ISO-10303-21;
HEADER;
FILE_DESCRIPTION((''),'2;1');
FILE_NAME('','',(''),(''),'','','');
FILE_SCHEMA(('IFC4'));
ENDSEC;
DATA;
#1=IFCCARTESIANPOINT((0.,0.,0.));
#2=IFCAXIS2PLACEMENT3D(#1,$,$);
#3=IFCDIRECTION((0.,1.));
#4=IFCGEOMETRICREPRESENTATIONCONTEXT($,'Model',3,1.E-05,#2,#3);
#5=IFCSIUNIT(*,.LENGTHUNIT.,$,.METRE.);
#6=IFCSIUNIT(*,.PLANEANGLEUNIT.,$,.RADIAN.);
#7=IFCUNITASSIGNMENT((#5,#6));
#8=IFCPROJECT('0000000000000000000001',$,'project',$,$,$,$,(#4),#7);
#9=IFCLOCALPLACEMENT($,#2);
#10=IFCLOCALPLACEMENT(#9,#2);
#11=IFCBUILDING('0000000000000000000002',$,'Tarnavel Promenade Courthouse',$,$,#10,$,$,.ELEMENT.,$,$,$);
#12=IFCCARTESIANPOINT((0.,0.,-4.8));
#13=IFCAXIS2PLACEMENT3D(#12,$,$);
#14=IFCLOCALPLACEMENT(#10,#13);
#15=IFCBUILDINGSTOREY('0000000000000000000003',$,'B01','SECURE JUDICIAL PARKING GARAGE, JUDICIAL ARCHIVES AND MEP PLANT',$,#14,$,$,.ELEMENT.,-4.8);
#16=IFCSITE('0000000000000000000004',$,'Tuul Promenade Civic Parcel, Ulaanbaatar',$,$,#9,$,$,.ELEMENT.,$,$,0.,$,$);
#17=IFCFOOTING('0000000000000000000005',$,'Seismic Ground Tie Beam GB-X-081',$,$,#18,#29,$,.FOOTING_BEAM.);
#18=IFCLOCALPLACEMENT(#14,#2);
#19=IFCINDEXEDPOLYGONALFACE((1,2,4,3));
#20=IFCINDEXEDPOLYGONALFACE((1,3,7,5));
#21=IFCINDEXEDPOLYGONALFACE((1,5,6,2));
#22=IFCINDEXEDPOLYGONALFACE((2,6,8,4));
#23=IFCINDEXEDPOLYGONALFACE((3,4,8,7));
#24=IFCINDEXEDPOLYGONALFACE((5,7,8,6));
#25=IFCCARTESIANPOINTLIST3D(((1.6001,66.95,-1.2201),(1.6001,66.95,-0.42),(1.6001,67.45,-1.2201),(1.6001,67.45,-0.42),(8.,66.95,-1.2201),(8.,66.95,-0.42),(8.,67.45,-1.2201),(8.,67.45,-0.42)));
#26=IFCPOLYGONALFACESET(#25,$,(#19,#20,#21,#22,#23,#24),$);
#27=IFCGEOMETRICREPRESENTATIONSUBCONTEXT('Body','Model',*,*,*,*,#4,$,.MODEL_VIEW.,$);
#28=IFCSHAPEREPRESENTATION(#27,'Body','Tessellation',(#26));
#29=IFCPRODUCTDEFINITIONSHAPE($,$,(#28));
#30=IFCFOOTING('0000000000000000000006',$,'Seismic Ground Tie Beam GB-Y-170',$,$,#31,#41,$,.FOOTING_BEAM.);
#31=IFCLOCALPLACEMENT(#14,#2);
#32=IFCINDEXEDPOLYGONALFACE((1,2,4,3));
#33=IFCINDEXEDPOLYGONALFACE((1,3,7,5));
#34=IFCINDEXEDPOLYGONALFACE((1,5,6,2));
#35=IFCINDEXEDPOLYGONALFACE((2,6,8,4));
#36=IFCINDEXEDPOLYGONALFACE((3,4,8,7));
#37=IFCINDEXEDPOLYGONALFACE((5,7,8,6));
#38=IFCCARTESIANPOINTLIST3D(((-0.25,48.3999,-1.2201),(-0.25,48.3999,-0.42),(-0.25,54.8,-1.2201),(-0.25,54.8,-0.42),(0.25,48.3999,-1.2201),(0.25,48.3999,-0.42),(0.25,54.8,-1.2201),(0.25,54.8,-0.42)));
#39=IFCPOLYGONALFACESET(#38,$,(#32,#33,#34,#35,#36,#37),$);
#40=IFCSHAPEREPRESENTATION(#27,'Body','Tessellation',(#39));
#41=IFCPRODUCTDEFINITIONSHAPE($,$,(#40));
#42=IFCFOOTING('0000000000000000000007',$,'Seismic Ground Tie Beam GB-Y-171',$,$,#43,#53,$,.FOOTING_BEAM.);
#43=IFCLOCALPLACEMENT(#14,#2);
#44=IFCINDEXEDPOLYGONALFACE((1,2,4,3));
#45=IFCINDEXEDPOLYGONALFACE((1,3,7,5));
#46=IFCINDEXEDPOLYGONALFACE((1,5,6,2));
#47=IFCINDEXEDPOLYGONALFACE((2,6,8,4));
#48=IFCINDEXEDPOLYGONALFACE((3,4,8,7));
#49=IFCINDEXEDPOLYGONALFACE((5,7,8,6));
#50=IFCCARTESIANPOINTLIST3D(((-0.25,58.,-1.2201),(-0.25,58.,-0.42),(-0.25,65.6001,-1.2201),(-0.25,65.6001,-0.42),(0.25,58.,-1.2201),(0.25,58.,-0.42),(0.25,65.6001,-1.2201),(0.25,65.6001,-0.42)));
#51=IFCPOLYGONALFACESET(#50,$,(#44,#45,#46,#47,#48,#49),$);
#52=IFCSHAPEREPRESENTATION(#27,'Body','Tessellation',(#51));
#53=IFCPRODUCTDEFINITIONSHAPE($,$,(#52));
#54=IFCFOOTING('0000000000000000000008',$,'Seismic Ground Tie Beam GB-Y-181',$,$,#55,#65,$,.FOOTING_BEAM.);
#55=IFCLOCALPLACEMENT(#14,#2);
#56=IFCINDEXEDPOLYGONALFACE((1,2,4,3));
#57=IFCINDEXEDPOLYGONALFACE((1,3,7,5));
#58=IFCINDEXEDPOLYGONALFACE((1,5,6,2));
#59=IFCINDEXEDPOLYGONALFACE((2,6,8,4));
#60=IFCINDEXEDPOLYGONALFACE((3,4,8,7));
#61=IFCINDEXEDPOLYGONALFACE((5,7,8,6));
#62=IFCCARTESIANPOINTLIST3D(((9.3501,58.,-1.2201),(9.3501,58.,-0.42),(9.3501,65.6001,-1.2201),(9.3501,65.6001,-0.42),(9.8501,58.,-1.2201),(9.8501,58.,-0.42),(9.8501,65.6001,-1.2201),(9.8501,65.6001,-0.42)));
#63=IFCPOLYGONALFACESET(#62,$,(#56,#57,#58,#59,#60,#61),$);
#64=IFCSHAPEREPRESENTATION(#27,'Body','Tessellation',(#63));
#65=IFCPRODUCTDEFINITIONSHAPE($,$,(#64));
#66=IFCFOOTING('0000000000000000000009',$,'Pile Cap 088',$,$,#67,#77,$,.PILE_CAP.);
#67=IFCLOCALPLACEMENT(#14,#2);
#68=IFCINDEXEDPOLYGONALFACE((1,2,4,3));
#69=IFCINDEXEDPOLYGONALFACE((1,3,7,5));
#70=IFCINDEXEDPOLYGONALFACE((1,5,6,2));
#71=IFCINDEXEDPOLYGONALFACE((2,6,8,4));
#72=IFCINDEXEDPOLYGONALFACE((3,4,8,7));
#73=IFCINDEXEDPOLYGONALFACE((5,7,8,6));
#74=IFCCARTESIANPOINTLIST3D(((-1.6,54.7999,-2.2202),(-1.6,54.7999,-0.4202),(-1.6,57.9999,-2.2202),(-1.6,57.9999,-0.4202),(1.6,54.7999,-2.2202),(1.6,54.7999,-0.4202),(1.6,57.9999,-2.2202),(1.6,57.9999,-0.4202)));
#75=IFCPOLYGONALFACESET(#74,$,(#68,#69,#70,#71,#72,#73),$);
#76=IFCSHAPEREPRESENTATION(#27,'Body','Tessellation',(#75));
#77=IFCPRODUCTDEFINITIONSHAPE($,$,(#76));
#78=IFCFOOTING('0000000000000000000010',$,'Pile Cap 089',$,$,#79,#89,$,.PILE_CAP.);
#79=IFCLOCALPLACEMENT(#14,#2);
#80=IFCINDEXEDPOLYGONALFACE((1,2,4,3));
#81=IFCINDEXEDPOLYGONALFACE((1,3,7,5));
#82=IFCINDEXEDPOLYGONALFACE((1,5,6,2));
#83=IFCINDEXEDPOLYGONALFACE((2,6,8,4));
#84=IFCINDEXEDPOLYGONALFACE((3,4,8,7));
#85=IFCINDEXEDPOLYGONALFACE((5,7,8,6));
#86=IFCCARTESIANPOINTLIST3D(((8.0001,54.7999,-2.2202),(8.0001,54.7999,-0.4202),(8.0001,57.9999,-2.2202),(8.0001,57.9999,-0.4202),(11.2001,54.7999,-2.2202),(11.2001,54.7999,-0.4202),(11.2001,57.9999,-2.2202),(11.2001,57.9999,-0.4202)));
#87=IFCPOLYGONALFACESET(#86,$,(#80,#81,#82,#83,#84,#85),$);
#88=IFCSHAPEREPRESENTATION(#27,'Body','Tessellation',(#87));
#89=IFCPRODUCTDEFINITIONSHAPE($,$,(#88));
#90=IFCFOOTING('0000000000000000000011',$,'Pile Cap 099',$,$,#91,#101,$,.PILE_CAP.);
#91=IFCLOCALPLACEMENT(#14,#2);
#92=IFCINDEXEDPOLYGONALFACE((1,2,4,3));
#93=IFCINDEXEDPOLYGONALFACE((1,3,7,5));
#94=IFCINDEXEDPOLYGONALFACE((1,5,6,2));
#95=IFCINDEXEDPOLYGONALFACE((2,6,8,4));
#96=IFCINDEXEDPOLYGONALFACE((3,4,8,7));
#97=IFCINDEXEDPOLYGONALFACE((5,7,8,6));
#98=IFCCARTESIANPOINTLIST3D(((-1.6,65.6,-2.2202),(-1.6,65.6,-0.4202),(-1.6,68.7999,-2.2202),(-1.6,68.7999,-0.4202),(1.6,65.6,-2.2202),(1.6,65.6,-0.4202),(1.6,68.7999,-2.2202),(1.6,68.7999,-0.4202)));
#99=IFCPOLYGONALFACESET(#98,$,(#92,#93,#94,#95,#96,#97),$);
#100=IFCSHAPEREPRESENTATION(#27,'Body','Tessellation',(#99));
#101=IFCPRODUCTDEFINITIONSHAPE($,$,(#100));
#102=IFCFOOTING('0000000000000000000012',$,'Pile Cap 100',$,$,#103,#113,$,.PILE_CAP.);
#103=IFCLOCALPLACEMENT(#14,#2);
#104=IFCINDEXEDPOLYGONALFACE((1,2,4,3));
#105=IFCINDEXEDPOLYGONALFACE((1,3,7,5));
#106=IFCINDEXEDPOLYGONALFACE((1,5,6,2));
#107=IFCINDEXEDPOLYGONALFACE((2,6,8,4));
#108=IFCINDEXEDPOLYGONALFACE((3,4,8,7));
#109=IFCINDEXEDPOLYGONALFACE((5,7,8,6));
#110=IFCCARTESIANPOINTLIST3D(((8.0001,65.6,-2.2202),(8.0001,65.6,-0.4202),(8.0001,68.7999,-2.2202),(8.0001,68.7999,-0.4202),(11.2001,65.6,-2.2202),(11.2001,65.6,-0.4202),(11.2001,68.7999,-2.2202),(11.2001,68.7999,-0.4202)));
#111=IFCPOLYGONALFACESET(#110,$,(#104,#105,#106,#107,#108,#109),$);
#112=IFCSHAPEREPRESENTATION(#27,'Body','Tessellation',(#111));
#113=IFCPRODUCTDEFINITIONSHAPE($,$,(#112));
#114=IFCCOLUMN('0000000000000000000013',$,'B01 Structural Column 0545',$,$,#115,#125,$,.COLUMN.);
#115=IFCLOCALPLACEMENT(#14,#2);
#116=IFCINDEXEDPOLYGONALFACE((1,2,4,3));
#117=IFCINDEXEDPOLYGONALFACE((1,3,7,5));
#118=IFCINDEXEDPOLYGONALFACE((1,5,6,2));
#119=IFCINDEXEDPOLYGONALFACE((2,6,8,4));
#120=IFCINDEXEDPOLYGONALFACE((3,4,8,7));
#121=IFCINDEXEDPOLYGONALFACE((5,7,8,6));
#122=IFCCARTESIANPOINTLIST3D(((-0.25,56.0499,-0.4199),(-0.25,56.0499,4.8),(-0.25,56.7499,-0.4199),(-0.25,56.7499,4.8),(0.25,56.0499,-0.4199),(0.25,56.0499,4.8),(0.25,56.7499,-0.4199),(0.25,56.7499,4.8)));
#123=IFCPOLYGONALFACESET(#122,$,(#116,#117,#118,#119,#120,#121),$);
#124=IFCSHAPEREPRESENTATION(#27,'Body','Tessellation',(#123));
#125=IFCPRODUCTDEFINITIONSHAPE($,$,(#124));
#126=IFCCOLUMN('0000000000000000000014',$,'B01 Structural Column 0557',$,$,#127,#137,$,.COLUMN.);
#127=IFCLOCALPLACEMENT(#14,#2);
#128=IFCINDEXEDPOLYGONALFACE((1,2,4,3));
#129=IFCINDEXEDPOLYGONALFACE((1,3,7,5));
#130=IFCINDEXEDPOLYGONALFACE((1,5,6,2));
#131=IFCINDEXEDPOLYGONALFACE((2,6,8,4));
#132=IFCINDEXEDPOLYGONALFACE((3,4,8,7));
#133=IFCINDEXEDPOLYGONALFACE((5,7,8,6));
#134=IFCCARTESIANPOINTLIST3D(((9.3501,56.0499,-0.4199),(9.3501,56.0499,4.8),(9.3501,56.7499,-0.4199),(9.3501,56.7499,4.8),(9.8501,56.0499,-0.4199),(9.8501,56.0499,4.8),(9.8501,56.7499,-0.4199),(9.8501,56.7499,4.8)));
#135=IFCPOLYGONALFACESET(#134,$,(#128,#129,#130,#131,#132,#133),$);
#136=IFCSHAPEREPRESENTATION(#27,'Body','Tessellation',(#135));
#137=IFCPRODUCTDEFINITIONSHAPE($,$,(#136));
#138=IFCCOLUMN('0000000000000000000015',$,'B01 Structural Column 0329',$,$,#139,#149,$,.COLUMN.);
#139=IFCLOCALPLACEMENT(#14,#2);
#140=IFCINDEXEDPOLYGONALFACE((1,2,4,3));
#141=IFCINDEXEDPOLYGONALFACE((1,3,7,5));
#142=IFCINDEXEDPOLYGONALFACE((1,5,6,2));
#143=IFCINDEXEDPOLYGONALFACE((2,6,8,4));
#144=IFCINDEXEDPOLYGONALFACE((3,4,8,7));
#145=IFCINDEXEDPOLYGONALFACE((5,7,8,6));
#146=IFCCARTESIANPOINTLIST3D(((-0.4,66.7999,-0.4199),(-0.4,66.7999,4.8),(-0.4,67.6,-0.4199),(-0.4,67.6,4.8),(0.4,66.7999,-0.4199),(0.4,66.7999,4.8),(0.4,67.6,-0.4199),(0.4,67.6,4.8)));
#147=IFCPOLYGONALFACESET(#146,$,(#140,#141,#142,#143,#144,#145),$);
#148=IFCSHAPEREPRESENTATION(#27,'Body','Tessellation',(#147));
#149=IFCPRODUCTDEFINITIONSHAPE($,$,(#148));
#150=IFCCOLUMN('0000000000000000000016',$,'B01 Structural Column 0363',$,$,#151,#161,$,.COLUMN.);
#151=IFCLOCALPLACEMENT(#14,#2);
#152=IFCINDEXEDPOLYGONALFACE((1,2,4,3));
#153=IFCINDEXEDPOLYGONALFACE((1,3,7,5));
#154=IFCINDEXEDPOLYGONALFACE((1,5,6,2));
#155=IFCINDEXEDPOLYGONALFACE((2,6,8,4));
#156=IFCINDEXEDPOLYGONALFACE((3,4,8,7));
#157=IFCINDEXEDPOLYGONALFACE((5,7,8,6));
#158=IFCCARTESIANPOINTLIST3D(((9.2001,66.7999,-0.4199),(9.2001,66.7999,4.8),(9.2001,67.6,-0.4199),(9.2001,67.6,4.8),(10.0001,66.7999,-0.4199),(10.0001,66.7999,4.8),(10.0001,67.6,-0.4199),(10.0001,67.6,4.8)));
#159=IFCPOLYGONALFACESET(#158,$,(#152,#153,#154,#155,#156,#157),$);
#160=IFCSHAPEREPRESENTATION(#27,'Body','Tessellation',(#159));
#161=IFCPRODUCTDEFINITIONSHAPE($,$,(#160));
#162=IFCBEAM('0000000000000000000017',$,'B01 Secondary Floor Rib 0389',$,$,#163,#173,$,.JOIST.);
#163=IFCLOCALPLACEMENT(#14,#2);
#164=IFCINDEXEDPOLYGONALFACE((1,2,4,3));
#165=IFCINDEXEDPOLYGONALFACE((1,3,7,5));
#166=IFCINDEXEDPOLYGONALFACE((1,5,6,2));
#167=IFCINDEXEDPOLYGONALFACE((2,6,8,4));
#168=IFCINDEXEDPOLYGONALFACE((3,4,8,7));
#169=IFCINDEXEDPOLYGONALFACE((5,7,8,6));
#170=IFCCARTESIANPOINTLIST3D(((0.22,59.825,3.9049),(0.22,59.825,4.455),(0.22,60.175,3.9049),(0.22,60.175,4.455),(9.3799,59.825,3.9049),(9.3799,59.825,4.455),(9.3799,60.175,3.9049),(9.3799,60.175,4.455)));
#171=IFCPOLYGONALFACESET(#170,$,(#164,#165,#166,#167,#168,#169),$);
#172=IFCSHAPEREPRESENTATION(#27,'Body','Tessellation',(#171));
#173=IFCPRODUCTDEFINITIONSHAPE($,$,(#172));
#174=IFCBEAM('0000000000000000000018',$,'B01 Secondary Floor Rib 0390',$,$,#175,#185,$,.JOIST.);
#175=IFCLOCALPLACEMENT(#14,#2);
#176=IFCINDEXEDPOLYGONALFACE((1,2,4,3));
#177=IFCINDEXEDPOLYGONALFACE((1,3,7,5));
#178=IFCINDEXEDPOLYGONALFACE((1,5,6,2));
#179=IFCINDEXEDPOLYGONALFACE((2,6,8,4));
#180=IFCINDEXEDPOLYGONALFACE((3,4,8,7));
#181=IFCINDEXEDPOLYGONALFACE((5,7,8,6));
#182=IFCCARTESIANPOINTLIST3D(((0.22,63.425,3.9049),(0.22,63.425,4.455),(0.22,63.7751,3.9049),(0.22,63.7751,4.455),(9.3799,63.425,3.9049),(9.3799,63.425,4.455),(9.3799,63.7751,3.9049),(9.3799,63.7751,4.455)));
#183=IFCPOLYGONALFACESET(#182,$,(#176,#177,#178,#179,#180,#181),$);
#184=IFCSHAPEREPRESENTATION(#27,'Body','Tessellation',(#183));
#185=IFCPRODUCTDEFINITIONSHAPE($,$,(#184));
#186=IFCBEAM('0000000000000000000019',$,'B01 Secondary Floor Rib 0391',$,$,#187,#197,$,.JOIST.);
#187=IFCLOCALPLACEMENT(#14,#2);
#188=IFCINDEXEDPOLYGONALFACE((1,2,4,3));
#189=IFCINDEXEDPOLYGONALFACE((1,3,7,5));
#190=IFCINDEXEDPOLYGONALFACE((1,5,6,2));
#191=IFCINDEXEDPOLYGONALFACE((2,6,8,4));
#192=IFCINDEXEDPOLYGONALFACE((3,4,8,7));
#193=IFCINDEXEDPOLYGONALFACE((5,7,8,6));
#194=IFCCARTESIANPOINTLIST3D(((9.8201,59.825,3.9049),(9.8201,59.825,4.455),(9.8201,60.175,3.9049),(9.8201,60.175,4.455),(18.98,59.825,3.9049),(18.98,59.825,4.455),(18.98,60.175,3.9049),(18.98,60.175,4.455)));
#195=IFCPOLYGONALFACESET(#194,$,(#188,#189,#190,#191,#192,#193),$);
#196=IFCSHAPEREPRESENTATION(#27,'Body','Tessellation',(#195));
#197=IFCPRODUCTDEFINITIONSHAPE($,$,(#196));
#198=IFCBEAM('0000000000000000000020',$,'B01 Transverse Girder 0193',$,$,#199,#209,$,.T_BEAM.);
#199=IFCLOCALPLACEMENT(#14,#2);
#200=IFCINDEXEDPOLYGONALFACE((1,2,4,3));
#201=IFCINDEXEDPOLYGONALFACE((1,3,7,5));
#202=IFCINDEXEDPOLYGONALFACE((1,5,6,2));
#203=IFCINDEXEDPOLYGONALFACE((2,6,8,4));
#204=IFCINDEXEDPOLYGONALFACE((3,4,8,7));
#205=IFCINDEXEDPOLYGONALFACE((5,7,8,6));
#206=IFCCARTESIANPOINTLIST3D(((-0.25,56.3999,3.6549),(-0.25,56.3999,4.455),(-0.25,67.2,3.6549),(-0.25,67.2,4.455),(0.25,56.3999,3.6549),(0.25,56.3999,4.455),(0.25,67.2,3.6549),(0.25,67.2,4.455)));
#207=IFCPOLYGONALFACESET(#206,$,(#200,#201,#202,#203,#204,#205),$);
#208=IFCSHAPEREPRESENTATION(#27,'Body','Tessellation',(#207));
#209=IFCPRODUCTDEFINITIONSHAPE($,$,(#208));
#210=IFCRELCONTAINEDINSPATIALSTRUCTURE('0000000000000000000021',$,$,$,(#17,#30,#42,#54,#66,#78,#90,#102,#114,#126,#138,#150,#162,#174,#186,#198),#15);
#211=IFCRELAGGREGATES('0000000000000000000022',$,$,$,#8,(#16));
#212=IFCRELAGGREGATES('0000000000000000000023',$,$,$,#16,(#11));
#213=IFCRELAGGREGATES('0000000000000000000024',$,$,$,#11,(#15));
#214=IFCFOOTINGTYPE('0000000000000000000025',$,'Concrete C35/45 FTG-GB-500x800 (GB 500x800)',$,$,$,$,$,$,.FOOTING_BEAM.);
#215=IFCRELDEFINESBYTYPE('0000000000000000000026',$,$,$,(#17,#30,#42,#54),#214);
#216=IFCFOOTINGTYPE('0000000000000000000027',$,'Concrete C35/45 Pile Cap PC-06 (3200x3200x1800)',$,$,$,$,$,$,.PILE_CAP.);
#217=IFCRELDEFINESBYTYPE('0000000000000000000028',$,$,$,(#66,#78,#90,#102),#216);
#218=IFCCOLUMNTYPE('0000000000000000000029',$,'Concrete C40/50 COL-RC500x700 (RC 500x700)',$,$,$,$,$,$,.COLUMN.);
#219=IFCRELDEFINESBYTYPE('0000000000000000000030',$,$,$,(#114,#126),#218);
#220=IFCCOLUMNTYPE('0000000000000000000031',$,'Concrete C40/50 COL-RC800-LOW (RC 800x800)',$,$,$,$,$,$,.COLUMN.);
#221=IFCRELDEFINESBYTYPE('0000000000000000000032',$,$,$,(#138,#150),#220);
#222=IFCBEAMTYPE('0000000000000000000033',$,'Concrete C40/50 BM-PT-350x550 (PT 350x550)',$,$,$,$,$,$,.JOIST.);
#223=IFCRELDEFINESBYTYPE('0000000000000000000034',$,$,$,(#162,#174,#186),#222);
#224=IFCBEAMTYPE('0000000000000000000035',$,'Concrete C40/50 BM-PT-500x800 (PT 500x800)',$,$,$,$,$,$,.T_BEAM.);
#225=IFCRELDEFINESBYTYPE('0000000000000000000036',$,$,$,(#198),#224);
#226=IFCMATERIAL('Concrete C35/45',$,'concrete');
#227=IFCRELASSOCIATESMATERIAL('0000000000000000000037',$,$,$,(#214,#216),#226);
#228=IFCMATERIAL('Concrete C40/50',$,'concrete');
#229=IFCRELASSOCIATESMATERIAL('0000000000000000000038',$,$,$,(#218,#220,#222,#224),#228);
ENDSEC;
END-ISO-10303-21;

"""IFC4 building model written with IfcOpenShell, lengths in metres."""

from ifc_helpers import new_model, si_unit, direction, frame, origin, origin_2d, place, context, subcontext, project, spatial, rectangle, extrude, material, material_profile, profile_set, type_object, element, save


model = new_model("IFC4")

# Units and contexts
model_context = context("Model", 3, precision=1e-05, world=origin(), true_north=direction((0.0, 1.0)))
body_context = subcontext(model_context, "Body", "Model", "MODEL_VIEW")
ifc_project = project(units=[si_unit("LENGTHUNIT", "METRE"), si_unit("PLANEANGLEUNIT", "RADIAN")], contexts=[model_context])

# Site, building, storey
site_placement = place(None, origin())
site = spatial("IfcSite", under=ifc_project, at=site_placement, Name="Tuul Promenade Civic Parcel, Ulaanbaatar", CompositionType="ELEMENT", RefElevation=0.0)
building_placement = place(site_placement, origin())
building = spatial("IfcBuilding", under=site, at=building_placement, Name="Tarnavel Promenade Courthouse", CompositionType="ELEMENT")
storey_placement = place(building_placement, frame((0.0, 0.0, -4.8)))
storey = spatial("IfcBuildingStorey", under=building, at=storey_placement, Name="B01", Description="SECURE JUDICIAL PARKING GARAGE, JUDICIAL ARCHIVES AND MEP PLANT", CompositionType="ELEMENT", Elevation=-4.8)

# Footings
ifc_material_1 = material(Name="Concrete C35/45", Category="concrete")
ifc_material_profile_1 = material_profile(ifc_material_1, rectangle(XDim=0.5, YDim=0.8, at=origin_2d()), Name="GB 500x800")
ifc_profile_set_1 = profile_set([ifc_material_profile_1], Name="Concrete C35/45")
footing_type_1 = type_object("IfcFootingType", Name="Concrete C35/45 FTG-GB-500x800 (GB 500x800)", PredefinedType="FOOTING_BEAM", material=ifc_profile_set_1)
for number, where, z_axis, x_axis, name in (
    (1, (1.6001, 67.2, -0.8201), (1.0, 0.0, 0.0), (0.0, 1.0, 0.0), "Seismic Ground Tie Beam GB-X-081"),
):
    element("IfcFooting", number, at=place(storey_placement, frame(where, z_axis=z_axis, x_axis=x_axis)), inside=storey, type_object=footing_type_1, Name=name, PredefinedType="FOOTING_BEAM", context=body_context, shape_type="SweptSolid", body=[
        extrude(rectangle(XDim=0.5, YDim=0.8, at=origin_2d()), origin(), (0.0, 0.0, 1.0), 6.3999),
    ])
footing_placement = place(storey_placement, frame((0.0, 48.3999, -0.8201), z_axis=(0.0, 1.0, 0.0), x_axis=(-1.0, 0.0, 0.0)))
element("IfcFooting", 2, at=footing_placement, inside=storey, type_object=footing_type_1, Name="Seismic Ground Tie Beam GB-Y-170", PredefinedType="FOOTING_BEAM", context=body_context, shape_type="SweptSolid", body=[
    extrude(rectangle(XDim=0.5, YDim=0.8, at=origin_2d()), origin(), (0.0, 0.0, 1.0), 6.4001),
])
for number, where, z_axis, x_axis, name in (
    (3, (0.0, 58.0, -0.8201), (0.0, 1.0, 0.0), (-1.0, 0.0, 0.0), "Seismic Ground Tie Beam GB-Y-171"),
    (4, (9.6001, 58.0, -0.8201), (0.0, 1.0, 0.0), (-1.0, 0.0, 0.0), "Seismic Ground Tie Beam GB-Y-181"),
):
    element("IfcFooting", number, at=place(storey_placement, frame(where, z_axis=z_axis, x_axis=x_axis)), inside=storey, type_object=footing_type_1, Name=name, PredefinedType="FOOTING_BEAM", context=body_context, shape_type="SweptSolid", body=[
        extrude(rectangle(XDim=0.5, YDim=0.8, at=origin_2d()), origin(), (0.0, 0.0, 1.0), 7.6001),
    ])
footing_type_2 = type_object("IfcFootingType", Name="Concrete C35/45 Pile Cap PC-06 (3200x3200x1800)", PredefinedType="PILE_CAP", material=ifc_material_1)
for number, where, z_axis, x_axis, name in (
    (5, (0.0, 56.3999, -2.2202), (0.0, 0.0, 1.0), (1.0, 0.0, 0.0), "Pile Cap 088"),
    (6, (9.6001, 56.3999, -2.2202), (0.0, 0.0, 1.0), (1.0, 0.0, 0.0), "Pile Cap 089"),
    (7, (0.0, 67.2, -2.2202), (0.0, 0.0, 1.0), (1.0, 0.0, 0.0), "Pile Cap 099"),
    (8, (9.6001, 67.2, -2.2202), (0.0, 0.0, 1.0), (1.0, 0.0, 0.0), "Pile Cap 100"),
):
    element("IfcFooting", number, at=place(storey_placement, frame(where, z_axis=z_axis, x_axis=x_axis)), inside=storey, type_object=footing_type_2, Name=name, PredefinedType="PILE_CAP", context=body_context, shape_type="SweptSolid", body=[
        extrude(rectangle(XDim=3.2, YDim=3.2, at=origin_2d()), origin(), (0.0, 0.0, 1.0), 1.8),
    ])

# Columns
ifc_material_2 = material(Name="Concrete C40/50", Category="concrete")
ifc_material_profile_2 = material_profile(ifc_material_2, rectangle(XDim=0.5, YDim=0.7, at=origin_2d()), Name="RC 500x700")
ifc_profile_set_2 = profile_set([ifc_material_profile_2], Name="Concrete C40/50")
column_type_1 = type_object("IfcColumnType", Name="Concrete C40/50 COL-RC500x700 (RC 500x700)", PredefinedType="COLUMN", material=ifc_profile_set_2)
for number, where, z_axis, x_axis, name in (
    (9, (0.0, 56.3999, -0.4199), (0.0, 0.0, 1.0), (1.0, 0.0, 0.0), "B01 Structural Column 0545"),
    (10, (9.6001, 56.3999, -0.4199), (0.0, 0.0, 1.0), (1.0, 0.0, 0.0), "B01 Structural Column 0557"),
):
    element("IfcColumn", number, at=place(storey_placement, frame(where, z_axis=z_axis, x_axis=x_axis)), inside=storey, type_object=column_type_1, Name=name, PredefinedType="COLUMN", context=body_context, shape_type="SweptSolid", body=[
        extrude(rectangle(XDim=0.5, YDim=0.7, at=origin_2d()), origin(), (0.0, 0.0, 1.0), 5.22),
    ])
ifc_material_profile_3 = material_profile(ifc_material_2, rectangle(XDim=0.8, YDim=0.8, at=origin_2d()), Name="RC 800x800")
ifc_profile_set_3 = profile_set([ifc_material_profile_3], Name="Concrete C40/50")
column_type_2 = type_object("IfcColumnType", Name="Concrete C40/50 COL-RC800-LOW (RC 800x800)", PredefinedType="COLUMN", material=ifc_profile_set_3)
for number, where, z_axis, x_axis, name in (
    (11, (0.0, 67.2, -0.4199), (0.0, 0.0, 1.0), (1.0, 0.0, 0.0), "B01 Structural Column 0329"),
    (12, (9.6001, 67.2, -0.4199), (0.0, 0.0, 1.0), (1.0, 0.0, 0.0), "B01 Structural Column 0363"),
):
    element("IfcColumn", number, at=place(storey_placement, frame(where, z_axis=z_axis, x_axis=x_axis)), inside=storey, type_object=column_type_2, Name=name, PredefinedType="COLUMN", context=body_context, shape_type="SweptSolid", body=[
        extrude(rectangle(XDim=0.8, YDim=0.8, at=origin_2d()), origin(), (0.0, 0.0, 1.0), 5.22),
    ])

# Beams
ifc_material_profile_4 = material_profile(ifc_material_2, rectangle(XDim=0.3501, YDim=0.55, at=origin_2d()), Name="PT 350x550")
ifc_profile_set_4 = profile_set([ifc_material_profile_4], Name="Concrete C40/50")
beam_type_1 = type_object("IfcBeamType", Name="Concrete C40/50 BM-PT-350x550 (PT 350x550)", PredefinedType="JOIST", material=ifc_profile_set_4)
for number, where, z_axis, x_axis, name in (
    (13, (0.22, 60.0, 4.1799), (1.0, 0.0, 0.0), (0.0, 1.0, 0.0), "B01 Secondary Floor Rib 0389"),
    (14, (0.22, 63.6001, 4.1799), (1.0, 0.0, 0.0), (0.0, 1.0, 0.0), "B01 Secondary Floor Rib 0390"),
    (15, (9.8201, 60.0, 4.1799), (1.0, 0.0, 0.0), (0.0, 1.0, 0.0), "B01 Secondary Floor Rib 0391"),
):
    element("IfcBeam", number, at=place(storey_placement, frame(where, z_axis=z_axis, x_axis=x_axis)), inside=storey, type_object=beam_type_1, Name=name, PredefinedType="JOIST", context=body_context, shape_type="SweptSolid", body=[
        extrude(rectangle(XDim=0.3501, YDim=0.55, at=origin_2d()), origin(), (0.0, 0.0, 1.0), 9.1599),
    ])
ifc_material_profile_5 = material_profile(ifc_material_2, rectangle(XDim=0.5, YDim=0.8, at=origin_2d()), Name="PT 500x800")
ifc_profile_set_5 = profile_set([ifc_material_profile_5], Name="Concrete C40/50")
beam_type_2 = type_object("IfcBeamType", Name="Concrete C40/50 BM-PT-500x800 (PT 500x800)", PredefinedType="T_BEAM", material=ifc_profile_set_5)
for number, where, z_axis, x_axis, name in (
    (16, (0.0, 56.3999, 4.0549), (0.0, 1.0, 0.0), (-1.0, 0.0, 0.0), "B01 Transverse Girder 0193"),
):
    element("IfcBeam", number, at=place(storey_placement, frame(where, z_axis=z_axis, x_axis=x_axis)), inside=storey, type_object=beam_type_2, Name=name, PredefinedType="T_BEAM", context=body_context, shape_type="SweptSolid", body=[
        extrude(rectangle(XDim=0.5, YDim=0.8, at=origin_2d()), origin(), (0.0, 0.0, 1.0), 10.8),
    ])

save(model, "model.ifc")
